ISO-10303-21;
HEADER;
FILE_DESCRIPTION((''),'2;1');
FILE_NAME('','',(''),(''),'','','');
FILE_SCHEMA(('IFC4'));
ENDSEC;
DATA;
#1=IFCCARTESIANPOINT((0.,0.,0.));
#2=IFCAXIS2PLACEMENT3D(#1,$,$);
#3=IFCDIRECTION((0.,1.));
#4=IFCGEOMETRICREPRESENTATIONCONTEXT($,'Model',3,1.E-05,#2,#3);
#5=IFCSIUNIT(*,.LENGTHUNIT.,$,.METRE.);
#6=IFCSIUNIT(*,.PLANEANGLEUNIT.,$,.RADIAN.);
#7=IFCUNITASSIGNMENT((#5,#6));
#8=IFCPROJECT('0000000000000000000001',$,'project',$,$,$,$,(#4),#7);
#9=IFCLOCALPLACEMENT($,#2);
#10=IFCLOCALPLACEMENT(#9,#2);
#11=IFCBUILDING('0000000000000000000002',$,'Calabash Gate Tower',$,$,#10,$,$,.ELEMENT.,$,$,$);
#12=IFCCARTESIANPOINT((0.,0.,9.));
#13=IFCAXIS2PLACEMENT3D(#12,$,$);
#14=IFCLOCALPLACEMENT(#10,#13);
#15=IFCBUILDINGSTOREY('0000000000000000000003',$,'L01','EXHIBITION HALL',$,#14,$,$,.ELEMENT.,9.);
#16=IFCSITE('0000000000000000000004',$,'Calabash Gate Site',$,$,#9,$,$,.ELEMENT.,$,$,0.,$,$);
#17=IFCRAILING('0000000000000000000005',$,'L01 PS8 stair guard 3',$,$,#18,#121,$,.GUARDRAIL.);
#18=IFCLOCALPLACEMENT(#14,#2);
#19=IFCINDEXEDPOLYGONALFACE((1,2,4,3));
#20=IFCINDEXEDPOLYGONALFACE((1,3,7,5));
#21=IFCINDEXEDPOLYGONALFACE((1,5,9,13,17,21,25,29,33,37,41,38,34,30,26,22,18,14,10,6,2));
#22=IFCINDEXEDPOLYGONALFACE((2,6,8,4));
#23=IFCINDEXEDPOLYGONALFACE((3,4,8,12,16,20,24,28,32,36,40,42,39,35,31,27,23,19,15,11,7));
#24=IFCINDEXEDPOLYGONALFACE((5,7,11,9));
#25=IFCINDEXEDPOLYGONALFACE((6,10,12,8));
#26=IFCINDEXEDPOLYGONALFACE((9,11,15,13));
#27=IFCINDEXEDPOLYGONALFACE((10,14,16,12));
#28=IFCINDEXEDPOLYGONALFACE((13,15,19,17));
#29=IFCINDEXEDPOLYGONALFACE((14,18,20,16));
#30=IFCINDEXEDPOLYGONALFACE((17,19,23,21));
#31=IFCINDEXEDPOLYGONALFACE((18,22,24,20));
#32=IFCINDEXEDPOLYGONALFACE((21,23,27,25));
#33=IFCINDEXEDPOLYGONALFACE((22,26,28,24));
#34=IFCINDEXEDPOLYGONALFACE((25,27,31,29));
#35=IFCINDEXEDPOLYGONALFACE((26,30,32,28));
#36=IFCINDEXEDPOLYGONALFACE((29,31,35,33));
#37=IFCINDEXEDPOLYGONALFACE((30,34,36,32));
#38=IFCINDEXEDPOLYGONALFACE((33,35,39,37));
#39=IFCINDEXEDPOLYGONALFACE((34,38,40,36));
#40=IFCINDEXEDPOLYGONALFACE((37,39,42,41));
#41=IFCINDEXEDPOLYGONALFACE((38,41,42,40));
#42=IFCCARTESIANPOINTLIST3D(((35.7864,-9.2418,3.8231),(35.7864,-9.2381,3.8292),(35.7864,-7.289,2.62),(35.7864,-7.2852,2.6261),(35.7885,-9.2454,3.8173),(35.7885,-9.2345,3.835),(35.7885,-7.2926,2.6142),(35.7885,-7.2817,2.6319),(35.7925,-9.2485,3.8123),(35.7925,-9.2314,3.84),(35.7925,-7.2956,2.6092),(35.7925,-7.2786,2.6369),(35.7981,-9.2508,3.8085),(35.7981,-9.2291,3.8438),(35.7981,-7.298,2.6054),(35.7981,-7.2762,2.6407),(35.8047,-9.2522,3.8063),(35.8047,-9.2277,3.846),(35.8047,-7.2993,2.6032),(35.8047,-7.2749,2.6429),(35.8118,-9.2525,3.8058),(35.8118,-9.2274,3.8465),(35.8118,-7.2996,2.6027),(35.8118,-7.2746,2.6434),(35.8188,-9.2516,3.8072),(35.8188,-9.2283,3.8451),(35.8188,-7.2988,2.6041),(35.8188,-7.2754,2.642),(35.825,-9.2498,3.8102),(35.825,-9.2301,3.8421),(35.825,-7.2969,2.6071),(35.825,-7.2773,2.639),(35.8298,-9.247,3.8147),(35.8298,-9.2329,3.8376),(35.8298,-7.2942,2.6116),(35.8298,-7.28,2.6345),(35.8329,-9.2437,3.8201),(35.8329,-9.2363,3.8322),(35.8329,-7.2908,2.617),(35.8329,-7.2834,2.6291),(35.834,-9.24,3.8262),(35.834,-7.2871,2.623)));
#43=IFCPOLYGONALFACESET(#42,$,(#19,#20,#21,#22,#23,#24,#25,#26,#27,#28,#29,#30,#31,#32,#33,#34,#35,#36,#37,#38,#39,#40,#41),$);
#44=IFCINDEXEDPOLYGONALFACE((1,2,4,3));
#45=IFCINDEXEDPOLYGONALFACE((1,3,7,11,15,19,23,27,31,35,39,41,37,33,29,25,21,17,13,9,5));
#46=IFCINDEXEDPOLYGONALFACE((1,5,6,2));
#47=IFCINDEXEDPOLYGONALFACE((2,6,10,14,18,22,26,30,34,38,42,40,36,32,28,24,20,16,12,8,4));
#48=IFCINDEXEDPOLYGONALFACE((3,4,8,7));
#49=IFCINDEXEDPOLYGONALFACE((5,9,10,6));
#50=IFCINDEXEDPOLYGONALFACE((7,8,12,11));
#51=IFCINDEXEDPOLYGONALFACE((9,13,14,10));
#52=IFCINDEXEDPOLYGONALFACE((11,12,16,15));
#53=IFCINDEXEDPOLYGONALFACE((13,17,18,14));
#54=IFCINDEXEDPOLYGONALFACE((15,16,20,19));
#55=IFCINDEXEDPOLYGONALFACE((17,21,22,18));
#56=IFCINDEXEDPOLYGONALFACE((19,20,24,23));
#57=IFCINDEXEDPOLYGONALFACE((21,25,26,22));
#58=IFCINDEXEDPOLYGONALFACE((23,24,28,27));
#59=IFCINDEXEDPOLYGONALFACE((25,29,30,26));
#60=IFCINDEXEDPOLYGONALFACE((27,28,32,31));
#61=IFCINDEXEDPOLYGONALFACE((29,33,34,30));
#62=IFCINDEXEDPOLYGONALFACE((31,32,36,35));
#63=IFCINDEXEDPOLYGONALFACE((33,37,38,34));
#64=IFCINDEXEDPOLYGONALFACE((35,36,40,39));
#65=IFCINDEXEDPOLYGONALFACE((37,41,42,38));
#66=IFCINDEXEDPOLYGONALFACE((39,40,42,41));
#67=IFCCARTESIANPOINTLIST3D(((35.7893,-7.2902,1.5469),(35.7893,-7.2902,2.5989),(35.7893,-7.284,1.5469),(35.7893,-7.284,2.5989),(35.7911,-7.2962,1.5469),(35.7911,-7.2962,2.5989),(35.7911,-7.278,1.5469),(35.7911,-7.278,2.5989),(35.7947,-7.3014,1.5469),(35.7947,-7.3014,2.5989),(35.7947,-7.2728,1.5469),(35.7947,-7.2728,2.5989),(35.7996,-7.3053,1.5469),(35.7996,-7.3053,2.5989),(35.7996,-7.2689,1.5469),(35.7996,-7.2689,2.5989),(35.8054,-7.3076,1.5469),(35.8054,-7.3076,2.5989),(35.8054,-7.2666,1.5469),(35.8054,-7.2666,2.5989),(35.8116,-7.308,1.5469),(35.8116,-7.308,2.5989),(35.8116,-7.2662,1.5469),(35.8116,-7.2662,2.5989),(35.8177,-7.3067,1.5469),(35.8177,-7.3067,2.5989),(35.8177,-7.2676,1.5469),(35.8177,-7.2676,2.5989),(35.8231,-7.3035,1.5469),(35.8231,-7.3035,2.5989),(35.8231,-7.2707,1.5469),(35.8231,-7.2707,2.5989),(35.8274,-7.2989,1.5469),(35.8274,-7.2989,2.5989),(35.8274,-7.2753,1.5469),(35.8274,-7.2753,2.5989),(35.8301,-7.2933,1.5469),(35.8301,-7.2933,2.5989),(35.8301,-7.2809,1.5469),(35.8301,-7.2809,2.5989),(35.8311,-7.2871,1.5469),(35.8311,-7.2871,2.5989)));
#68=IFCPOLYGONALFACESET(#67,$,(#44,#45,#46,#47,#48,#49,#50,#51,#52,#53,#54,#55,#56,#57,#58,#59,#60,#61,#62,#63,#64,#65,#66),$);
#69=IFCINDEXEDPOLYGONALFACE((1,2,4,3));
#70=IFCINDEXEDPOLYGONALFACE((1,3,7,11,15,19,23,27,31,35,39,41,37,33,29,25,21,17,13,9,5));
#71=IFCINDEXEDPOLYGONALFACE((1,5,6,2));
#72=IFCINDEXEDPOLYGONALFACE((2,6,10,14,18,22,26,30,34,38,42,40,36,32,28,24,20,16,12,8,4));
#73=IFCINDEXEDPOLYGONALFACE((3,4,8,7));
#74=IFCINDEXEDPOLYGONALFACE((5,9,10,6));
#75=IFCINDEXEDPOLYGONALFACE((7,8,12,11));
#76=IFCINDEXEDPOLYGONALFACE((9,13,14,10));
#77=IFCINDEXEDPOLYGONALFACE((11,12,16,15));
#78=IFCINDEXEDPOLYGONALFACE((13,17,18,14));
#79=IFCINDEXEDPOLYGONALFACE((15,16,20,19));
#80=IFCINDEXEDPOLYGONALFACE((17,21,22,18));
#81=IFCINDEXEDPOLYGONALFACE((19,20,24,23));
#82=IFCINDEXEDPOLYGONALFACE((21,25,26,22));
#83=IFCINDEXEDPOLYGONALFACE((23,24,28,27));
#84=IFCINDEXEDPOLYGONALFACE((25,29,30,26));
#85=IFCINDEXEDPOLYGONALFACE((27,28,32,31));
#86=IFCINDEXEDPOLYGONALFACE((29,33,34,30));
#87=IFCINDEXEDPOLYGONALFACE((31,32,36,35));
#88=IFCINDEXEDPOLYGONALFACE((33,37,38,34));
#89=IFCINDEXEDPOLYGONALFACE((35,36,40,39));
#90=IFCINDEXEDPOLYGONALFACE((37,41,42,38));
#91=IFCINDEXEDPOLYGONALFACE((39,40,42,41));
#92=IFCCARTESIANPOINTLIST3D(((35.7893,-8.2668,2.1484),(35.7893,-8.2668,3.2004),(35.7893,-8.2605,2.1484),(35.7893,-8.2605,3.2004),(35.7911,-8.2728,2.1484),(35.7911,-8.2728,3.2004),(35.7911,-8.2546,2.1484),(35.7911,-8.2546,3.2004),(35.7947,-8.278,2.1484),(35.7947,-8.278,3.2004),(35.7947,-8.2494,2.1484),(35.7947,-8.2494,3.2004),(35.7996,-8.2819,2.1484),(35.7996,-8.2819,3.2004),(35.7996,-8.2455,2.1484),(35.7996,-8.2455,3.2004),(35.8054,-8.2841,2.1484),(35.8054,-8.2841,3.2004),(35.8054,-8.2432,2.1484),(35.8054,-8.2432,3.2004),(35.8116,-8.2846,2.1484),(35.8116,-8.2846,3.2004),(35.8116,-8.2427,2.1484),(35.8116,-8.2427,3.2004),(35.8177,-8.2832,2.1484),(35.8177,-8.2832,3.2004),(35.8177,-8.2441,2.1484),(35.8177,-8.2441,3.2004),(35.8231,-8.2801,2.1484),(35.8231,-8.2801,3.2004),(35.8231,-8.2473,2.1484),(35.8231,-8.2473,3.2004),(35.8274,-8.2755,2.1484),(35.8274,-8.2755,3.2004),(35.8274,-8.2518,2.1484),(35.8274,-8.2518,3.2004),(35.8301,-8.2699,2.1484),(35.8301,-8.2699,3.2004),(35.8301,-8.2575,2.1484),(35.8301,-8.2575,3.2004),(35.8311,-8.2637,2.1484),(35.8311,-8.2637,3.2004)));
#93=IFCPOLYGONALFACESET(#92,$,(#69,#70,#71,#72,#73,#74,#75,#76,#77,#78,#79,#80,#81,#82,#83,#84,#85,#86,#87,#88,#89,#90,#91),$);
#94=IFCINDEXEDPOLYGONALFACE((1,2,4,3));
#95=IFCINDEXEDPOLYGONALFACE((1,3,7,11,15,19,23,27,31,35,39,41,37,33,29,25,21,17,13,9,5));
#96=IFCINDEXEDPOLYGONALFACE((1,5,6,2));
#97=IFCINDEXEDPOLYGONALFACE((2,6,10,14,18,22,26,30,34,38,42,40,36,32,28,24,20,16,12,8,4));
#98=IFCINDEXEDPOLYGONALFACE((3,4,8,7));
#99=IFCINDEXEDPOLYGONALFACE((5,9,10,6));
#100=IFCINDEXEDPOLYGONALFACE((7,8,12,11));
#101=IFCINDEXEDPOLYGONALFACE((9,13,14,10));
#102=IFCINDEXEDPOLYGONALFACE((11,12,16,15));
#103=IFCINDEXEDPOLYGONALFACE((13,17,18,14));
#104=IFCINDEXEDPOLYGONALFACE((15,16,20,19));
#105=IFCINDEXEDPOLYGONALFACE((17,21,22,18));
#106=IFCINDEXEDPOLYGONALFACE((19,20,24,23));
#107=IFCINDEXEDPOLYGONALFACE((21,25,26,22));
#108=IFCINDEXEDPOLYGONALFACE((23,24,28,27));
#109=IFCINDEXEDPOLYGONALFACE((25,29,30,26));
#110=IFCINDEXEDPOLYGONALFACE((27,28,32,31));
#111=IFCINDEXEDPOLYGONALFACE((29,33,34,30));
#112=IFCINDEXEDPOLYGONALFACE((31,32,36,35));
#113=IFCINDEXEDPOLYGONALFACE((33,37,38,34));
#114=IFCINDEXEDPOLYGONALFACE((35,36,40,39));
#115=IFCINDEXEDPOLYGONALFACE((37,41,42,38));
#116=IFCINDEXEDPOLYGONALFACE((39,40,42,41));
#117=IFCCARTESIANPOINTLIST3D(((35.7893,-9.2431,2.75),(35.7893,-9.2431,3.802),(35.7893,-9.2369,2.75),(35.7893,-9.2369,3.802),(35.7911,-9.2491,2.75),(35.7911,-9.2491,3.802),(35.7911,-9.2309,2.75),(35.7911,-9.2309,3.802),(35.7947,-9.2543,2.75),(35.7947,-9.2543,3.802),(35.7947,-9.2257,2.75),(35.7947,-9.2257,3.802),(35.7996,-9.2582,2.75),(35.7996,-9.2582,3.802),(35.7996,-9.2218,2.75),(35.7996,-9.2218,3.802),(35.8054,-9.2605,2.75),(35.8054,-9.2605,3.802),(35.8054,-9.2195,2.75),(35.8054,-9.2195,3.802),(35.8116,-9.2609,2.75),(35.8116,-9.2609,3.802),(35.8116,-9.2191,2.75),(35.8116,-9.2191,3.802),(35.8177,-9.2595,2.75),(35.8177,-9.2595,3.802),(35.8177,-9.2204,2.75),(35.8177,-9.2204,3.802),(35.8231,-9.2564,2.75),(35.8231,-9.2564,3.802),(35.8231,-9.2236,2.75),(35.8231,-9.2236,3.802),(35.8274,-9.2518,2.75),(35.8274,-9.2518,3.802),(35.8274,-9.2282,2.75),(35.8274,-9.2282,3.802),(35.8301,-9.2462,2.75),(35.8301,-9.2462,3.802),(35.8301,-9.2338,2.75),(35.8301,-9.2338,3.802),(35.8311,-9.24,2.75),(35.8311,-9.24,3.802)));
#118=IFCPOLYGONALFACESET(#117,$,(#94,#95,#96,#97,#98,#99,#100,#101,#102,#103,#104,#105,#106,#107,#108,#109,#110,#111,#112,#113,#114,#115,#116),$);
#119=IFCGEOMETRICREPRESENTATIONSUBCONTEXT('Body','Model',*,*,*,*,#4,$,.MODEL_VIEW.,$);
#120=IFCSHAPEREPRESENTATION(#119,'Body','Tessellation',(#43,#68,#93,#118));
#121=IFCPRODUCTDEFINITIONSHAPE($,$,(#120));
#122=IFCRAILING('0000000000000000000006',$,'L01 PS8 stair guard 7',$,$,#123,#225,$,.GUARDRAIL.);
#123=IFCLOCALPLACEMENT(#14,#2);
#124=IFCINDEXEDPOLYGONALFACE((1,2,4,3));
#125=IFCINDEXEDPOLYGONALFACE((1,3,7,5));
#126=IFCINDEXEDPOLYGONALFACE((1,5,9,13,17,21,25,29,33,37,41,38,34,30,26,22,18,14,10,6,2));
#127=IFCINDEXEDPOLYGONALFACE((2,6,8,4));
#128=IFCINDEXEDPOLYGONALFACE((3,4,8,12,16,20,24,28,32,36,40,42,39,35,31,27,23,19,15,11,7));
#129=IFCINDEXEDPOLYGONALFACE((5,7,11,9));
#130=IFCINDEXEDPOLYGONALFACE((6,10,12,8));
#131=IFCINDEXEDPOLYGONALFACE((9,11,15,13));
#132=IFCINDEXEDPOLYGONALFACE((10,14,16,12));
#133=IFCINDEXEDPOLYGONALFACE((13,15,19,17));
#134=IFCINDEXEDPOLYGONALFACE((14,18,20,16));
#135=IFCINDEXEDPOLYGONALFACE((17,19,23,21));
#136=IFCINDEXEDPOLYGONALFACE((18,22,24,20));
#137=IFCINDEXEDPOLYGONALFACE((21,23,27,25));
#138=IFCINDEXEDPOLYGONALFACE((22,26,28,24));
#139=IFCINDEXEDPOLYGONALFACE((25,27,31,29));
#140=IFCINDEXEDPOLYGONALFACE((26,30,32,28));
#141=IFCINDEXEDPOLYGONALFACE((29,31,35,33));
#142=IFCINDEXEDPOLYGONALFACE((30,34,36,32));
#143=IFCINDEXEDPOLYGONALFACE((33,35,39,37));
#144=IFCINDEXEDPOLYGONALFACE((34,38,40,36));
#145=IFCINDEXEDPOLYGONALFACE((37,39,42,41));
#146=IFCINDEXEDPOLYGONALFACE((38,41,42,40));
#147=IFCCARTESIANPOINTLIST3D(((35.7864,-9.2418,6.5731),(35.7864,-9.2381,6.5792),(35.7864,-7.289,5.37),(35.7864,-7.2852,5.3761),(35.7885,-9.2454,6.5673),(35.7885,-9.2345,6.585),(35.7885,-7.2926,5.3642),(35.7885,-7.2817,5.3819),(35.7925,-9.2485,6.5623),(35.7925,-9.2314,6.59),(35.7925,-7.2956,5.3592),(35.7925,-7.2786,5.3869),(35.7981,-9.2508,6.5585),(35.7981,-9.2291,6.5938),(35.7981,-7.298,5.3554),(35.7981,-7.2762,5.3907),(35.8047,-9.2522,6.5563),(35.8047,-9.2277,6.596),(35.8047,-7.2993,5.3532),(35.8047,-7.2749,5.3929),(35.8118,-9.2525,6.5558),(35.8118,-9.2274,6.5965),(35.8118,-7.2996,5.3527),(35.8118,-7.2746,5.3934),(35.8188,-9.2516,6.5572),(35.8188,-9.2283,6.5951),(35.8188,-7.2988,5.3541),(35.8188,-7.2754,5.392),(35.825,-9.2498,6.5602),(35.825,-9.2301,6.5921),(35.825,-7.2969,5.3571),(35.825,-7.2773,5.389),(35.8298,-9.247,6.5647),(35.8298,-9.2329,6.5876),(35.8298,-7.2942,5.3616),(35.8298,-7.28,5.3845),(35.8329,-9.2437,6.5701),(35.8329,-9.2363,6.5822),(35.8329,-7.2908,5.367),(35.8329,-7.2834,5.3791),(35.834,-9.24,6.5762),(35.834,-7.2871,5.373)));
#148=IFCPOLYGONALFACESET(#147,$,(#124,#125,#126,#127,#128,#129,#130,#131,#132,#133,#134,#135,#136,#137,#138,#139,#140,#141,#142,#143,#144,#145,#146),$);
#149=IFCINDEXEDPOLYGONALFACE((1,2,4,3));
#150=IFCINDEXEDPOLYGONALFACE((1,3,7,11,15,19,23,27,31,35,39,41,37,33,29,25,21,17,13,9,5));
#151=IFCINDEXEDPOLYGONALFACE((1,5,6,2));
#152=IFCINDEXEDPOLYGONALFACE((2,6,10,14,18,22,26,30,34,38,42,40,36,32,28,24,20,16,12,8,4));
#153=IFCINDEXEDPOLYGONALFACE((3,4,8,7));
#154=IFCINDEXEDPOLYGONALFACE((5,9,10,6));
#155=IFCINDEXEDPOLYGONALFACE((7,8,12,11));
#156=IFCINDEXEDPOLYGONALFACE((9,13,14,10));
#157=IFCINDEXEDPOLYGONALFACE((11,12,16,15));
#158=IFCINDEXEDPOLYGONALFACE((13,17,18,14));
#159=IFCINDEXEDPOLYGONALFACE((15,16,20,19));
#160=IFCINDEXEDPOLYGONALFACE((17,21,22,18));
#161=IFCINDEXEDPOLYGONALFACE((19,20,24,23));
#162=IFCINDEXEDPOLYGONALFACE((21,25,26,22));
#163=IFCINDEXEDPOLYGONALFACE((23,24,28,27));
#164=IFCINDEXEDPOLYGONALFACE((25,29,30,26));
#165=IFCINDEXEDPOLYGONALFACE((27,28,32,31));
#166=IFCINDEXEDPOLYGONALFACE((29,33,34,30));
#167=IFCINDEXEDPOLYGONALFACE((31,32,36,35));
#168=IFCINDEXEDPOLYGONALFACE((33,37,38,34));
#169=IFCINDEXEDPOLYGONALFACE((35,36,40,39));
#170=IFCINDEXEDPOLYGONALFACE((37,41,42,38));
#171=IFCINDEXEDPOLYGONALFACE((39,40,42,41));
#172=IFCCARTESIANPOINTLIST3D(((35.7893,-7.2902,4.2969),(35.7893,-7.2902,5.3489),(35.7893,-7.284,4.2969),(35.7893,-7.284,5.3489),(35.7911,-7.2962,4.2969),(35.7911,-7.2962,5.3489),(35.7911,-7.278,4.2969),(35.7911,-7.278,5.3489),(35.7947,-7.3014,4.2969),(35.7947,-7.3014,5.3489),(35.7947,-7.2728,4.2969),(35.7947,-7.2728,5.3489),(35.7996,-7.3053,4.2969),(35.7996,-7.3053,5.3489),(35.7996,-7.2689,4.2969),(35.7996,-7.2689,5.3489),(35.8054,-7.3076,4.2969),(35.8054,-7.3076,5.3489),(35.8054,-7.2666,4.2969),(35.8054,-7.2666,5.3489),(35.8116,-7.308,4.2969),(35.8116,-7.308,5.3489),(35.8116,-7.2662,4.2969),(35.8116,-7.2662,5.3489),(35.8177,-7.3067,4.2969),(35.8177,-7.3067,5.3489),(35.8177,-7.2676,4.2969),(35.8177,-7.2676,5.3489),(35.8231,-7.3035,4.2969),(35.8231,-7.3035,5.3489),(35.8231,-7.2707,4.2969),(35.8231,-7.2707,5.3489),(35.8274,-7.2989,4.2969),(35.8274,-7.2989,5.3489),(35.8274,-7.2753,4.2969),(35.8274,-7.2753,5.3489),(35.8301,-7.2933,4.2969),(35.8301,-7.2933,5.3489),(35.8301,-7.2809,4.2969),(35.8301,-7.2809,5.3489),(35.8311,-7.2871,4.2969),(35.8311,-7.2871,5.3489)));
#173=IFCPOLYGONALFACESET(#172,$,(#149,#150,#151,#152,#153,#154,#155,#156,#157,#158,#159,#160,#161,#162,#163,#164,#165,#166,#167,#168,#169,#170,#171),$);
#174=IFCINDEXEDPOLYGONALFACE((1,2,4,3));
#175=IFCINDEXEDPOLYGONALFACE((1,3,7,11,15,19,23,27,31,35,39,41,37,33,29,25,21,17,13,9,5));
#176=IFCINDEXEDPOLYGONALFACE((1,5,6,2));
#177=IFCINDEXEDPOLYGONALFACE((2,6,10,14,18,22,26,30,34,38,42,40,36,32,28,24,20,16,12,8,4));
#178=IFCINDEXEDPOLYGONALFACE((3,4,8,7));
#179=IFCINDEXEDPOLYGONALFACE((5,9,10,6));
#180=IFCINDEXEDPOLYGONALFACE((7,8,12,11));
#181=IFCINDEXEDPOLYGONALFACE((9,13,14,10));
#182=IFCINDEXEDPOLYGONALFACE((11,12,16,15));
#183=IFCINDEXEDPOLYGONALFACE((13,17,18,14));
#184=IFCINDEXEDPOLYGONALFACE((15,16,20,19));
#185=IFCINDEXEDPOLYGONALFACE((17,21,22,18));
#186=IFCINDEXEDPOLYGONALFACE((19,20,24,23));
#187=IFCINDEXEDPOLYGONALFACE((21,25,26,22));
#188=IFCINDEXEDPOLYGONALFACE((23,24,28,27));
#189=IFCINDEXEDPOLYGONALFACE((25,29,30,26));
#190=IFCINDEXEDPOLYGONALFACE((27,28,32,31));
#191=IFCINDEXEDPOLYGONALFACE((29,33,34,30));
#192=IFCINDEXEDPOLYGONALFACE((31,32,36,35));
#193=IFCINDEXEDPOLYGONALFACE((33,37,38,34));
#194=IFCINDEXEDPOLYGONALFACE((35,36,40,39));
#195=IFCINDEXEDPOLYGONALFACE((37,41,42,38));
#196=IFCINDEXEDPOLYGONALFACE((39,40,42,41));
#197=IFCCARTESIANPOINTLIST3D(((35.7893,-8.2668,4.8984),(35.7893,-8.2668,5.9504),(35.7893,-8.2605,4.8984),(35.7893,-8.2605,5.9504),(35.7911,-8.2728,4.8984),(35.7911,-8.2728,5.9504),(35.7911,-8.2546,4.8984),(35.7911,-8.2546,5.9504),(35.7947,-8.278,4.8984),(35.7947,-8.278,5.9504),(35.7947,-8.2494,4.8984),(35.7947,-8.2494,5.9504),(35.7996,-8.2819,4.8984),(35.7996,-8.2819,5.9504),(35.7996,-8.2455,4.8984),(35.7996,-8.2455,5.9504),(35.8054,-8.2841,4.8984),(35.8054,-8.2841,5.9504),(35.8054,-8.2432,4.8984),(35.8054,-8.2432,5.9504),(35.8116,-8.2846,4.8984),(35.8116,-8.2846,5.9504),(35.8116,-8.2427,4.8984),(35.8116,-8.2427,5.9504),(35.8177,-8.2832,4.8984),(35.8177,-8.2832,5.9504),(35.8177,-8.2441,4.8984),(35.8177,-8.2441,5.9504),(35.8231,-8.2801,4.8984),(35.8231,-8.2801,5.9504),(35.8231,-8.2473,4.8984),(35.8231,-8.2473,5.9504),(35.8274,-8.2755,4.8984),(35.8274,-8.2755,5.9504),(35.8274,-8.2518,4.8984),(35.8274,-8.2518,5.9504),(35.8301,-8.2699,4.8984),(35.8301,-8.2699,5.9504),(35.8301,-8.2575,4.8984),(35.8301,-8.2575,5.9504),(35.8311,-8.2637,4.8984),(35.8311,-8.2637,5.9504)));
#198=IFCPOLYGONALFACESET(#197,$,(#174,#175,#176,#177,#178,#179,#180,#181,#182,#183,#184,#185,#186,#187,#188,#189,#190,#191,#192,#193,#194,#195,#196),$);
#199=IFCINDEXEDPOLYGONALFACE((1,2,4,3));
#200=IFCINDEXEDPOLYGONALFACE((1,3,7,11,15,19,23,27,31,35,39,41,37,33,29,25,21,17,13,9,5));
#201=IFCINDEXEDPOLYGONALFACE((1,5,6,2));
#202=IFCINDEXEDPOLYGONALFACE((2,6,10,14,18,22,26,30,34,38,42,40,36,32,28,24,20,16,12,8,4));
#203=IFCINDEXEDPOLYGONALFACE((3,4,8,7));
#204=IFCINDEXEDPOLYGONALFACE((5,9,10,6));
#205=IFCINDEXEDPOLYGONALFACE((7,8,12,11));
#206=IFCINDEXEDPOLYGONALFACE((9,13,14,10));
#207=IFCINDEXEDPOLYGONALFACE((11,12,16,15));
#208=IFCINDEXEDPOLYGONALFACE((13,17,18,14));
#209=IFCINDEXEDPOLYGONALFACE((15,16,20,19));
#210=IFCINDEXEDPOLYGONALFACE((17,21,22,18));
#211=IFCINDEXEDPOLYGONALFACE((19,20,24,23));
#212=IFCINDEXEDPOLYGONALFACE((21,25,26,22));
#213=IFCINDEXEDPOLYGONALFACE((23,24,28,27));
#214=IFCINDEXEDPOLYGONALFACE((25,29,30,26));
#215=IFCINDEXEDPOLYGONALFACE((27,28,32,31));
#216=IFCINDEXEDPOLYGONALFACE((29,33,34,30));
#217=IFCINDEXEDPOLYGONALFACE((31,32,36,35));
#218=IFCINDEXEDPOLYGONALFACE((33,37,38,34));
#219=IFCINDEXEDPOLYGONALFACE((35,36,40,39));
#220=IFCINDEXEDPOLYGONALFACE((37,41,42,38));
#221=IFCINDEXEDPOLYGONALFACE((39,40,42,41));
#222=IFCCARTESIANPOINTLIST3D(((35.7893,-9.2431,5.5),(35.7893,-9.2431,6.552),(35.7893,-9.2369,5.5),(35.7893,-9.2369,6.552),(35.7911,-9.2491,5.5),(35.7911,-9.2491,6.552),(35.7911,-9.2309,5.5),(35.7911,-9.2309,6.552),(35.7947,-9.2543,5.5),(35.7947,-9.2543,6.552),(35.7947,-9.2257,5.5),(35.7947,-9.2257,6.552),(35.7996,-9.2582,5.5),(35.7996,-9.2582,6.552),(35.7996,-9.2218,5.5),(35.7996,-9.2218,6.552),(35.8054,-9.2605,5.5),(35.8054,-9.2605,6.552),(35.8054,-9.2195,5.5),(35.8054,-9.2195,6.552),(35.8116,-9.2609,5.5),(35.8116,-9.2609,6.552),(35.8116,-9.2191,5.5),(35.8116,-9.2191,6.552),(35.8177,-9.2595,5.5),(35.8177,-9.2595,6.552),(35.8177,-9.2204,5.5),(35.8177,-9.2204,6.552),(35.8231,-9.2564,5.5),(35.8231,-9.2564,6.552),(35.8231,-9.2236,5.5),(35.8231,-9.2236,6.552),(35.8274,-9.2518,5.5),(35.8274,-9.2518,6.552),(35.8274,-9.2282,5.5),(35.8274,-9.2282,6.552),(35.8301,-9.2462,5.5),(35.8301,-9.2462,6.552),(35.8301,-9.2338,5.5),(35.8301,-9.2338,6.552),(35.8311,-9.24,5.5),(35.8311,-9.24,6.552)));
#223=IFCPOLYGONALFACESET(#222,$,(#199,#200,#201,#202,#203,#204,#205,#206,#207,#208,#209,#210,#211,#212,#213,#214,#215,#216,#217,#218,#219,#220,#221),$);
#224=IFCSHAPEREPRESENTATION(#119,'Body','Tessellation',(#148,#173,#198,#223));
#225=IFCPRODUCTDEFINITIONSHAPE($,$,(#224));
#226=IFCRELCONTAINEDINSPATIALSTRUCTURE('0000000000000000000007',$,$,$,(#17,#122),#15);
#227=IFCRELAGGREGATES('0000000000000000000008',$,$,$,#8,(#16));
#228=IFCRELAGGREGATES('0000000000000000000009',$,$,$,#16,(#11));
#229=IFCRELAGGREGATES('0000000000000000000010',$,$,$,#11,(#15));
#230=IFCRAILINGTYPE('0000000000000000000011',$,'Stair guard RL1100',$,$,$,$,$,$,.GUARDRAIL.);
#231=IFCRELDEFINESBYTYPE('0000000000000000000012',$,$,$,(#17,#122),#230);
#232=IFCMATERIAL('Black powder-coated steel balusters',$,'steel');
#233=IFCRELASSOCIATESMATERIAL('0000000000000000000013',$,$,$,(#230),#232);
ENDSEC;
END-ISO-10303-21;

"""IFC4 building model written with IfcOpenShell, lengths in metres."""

from ifc_helpers import new_model, si_unit, direction, frame, origin, origin_2d, place, context, subcontext, project, spatial, circle, extrude, material, type_object, element, save


model = new_model("IFC4")

# Units and contexts
model_context = context("Model", 3, precision=1e-05, world=origin(), true_north=direction((0.0, 1.0)))
body_context = subcontext(model_context, "Body", "Model", "MODEL_VIEW")
ifc_project = project(units=[si_unit("LENGTHUNIT", "METRE"), si_unit("PLANEANGLEUNIT", "RADIAN")], contexts=[model_context])

# Site, building, storey
site_placement = place(None, origin())
site = spatial("IfcSite", under=ifc_project, at=site_placement, Name="Calabash Gate Site", CompositionType="ELEMENT", RefElevation=0.0)
building_placement = place(site_placement, origin())
building = spatial("IfcBuilding", under=site, at=building_placement, Name="Calabash Gate Tower", CompositionType="ELEMENT")
storey_placement = place(building_placement, frame((0.0, 0.0, 9.0)))
storey = spatial("IfcBuildingStorey", under=building, at=storey_placement, Name="L01", Description="EXHIBITION HALL", CompositionType="ELEMENT", Elevation=9.0)

# Railings
ifc_material_1 = material(Name="Black powder-coated steel balusters", Category="steel")
railing_type_1 = type_object("IfcRailingType", Name="Stair guard RL1100", PredefinedType="GUARDRAIL", material=ifc_material_1)
for number, where, name in (
    (1, (35.8101, -7.2871, 1.5469), "L01 PS8 stair guard 3"),
    (2, (35.8101, -7.2871, 4.2969), "L01 PS8 stair guard 7"),
):
    element("IfcRailing", number, at=place(storey_placement, frame(where)), inside=storey, type_object=railing_type_1, Name=name, PredefinedType="GUARDRAIL", context=body_context, shape_type="SweptSolid", body=[
        extrude(circle(Radius=0.0239, at=origin_2d()), frame((0.0, 0.0, 1.0762), z_axis=(0.0, -0.851395, 0.524525), x_axis=(1.0, 0.0, 0.0)), (0.0, 0.0, 1.0), 2.2937),
        extrude(circle(Radius=0.021, at=origin_2d()), origin(), (0.0, 0.0, 1.0), 1.052),
        extrude(circle(Radius=0.021, at=origin_2d()), frame((0.0, -0.9766, 0.6016)), (0.0, 0.0, 1.0), 1.052),
        extrude(circle(Radius=0.021, at=origin_2d()), frame((0.0, -1.9529, 1.2031)), (0.0, 0.0, 1.0), 1.052),
    ])

save(model, "model.ifc")
